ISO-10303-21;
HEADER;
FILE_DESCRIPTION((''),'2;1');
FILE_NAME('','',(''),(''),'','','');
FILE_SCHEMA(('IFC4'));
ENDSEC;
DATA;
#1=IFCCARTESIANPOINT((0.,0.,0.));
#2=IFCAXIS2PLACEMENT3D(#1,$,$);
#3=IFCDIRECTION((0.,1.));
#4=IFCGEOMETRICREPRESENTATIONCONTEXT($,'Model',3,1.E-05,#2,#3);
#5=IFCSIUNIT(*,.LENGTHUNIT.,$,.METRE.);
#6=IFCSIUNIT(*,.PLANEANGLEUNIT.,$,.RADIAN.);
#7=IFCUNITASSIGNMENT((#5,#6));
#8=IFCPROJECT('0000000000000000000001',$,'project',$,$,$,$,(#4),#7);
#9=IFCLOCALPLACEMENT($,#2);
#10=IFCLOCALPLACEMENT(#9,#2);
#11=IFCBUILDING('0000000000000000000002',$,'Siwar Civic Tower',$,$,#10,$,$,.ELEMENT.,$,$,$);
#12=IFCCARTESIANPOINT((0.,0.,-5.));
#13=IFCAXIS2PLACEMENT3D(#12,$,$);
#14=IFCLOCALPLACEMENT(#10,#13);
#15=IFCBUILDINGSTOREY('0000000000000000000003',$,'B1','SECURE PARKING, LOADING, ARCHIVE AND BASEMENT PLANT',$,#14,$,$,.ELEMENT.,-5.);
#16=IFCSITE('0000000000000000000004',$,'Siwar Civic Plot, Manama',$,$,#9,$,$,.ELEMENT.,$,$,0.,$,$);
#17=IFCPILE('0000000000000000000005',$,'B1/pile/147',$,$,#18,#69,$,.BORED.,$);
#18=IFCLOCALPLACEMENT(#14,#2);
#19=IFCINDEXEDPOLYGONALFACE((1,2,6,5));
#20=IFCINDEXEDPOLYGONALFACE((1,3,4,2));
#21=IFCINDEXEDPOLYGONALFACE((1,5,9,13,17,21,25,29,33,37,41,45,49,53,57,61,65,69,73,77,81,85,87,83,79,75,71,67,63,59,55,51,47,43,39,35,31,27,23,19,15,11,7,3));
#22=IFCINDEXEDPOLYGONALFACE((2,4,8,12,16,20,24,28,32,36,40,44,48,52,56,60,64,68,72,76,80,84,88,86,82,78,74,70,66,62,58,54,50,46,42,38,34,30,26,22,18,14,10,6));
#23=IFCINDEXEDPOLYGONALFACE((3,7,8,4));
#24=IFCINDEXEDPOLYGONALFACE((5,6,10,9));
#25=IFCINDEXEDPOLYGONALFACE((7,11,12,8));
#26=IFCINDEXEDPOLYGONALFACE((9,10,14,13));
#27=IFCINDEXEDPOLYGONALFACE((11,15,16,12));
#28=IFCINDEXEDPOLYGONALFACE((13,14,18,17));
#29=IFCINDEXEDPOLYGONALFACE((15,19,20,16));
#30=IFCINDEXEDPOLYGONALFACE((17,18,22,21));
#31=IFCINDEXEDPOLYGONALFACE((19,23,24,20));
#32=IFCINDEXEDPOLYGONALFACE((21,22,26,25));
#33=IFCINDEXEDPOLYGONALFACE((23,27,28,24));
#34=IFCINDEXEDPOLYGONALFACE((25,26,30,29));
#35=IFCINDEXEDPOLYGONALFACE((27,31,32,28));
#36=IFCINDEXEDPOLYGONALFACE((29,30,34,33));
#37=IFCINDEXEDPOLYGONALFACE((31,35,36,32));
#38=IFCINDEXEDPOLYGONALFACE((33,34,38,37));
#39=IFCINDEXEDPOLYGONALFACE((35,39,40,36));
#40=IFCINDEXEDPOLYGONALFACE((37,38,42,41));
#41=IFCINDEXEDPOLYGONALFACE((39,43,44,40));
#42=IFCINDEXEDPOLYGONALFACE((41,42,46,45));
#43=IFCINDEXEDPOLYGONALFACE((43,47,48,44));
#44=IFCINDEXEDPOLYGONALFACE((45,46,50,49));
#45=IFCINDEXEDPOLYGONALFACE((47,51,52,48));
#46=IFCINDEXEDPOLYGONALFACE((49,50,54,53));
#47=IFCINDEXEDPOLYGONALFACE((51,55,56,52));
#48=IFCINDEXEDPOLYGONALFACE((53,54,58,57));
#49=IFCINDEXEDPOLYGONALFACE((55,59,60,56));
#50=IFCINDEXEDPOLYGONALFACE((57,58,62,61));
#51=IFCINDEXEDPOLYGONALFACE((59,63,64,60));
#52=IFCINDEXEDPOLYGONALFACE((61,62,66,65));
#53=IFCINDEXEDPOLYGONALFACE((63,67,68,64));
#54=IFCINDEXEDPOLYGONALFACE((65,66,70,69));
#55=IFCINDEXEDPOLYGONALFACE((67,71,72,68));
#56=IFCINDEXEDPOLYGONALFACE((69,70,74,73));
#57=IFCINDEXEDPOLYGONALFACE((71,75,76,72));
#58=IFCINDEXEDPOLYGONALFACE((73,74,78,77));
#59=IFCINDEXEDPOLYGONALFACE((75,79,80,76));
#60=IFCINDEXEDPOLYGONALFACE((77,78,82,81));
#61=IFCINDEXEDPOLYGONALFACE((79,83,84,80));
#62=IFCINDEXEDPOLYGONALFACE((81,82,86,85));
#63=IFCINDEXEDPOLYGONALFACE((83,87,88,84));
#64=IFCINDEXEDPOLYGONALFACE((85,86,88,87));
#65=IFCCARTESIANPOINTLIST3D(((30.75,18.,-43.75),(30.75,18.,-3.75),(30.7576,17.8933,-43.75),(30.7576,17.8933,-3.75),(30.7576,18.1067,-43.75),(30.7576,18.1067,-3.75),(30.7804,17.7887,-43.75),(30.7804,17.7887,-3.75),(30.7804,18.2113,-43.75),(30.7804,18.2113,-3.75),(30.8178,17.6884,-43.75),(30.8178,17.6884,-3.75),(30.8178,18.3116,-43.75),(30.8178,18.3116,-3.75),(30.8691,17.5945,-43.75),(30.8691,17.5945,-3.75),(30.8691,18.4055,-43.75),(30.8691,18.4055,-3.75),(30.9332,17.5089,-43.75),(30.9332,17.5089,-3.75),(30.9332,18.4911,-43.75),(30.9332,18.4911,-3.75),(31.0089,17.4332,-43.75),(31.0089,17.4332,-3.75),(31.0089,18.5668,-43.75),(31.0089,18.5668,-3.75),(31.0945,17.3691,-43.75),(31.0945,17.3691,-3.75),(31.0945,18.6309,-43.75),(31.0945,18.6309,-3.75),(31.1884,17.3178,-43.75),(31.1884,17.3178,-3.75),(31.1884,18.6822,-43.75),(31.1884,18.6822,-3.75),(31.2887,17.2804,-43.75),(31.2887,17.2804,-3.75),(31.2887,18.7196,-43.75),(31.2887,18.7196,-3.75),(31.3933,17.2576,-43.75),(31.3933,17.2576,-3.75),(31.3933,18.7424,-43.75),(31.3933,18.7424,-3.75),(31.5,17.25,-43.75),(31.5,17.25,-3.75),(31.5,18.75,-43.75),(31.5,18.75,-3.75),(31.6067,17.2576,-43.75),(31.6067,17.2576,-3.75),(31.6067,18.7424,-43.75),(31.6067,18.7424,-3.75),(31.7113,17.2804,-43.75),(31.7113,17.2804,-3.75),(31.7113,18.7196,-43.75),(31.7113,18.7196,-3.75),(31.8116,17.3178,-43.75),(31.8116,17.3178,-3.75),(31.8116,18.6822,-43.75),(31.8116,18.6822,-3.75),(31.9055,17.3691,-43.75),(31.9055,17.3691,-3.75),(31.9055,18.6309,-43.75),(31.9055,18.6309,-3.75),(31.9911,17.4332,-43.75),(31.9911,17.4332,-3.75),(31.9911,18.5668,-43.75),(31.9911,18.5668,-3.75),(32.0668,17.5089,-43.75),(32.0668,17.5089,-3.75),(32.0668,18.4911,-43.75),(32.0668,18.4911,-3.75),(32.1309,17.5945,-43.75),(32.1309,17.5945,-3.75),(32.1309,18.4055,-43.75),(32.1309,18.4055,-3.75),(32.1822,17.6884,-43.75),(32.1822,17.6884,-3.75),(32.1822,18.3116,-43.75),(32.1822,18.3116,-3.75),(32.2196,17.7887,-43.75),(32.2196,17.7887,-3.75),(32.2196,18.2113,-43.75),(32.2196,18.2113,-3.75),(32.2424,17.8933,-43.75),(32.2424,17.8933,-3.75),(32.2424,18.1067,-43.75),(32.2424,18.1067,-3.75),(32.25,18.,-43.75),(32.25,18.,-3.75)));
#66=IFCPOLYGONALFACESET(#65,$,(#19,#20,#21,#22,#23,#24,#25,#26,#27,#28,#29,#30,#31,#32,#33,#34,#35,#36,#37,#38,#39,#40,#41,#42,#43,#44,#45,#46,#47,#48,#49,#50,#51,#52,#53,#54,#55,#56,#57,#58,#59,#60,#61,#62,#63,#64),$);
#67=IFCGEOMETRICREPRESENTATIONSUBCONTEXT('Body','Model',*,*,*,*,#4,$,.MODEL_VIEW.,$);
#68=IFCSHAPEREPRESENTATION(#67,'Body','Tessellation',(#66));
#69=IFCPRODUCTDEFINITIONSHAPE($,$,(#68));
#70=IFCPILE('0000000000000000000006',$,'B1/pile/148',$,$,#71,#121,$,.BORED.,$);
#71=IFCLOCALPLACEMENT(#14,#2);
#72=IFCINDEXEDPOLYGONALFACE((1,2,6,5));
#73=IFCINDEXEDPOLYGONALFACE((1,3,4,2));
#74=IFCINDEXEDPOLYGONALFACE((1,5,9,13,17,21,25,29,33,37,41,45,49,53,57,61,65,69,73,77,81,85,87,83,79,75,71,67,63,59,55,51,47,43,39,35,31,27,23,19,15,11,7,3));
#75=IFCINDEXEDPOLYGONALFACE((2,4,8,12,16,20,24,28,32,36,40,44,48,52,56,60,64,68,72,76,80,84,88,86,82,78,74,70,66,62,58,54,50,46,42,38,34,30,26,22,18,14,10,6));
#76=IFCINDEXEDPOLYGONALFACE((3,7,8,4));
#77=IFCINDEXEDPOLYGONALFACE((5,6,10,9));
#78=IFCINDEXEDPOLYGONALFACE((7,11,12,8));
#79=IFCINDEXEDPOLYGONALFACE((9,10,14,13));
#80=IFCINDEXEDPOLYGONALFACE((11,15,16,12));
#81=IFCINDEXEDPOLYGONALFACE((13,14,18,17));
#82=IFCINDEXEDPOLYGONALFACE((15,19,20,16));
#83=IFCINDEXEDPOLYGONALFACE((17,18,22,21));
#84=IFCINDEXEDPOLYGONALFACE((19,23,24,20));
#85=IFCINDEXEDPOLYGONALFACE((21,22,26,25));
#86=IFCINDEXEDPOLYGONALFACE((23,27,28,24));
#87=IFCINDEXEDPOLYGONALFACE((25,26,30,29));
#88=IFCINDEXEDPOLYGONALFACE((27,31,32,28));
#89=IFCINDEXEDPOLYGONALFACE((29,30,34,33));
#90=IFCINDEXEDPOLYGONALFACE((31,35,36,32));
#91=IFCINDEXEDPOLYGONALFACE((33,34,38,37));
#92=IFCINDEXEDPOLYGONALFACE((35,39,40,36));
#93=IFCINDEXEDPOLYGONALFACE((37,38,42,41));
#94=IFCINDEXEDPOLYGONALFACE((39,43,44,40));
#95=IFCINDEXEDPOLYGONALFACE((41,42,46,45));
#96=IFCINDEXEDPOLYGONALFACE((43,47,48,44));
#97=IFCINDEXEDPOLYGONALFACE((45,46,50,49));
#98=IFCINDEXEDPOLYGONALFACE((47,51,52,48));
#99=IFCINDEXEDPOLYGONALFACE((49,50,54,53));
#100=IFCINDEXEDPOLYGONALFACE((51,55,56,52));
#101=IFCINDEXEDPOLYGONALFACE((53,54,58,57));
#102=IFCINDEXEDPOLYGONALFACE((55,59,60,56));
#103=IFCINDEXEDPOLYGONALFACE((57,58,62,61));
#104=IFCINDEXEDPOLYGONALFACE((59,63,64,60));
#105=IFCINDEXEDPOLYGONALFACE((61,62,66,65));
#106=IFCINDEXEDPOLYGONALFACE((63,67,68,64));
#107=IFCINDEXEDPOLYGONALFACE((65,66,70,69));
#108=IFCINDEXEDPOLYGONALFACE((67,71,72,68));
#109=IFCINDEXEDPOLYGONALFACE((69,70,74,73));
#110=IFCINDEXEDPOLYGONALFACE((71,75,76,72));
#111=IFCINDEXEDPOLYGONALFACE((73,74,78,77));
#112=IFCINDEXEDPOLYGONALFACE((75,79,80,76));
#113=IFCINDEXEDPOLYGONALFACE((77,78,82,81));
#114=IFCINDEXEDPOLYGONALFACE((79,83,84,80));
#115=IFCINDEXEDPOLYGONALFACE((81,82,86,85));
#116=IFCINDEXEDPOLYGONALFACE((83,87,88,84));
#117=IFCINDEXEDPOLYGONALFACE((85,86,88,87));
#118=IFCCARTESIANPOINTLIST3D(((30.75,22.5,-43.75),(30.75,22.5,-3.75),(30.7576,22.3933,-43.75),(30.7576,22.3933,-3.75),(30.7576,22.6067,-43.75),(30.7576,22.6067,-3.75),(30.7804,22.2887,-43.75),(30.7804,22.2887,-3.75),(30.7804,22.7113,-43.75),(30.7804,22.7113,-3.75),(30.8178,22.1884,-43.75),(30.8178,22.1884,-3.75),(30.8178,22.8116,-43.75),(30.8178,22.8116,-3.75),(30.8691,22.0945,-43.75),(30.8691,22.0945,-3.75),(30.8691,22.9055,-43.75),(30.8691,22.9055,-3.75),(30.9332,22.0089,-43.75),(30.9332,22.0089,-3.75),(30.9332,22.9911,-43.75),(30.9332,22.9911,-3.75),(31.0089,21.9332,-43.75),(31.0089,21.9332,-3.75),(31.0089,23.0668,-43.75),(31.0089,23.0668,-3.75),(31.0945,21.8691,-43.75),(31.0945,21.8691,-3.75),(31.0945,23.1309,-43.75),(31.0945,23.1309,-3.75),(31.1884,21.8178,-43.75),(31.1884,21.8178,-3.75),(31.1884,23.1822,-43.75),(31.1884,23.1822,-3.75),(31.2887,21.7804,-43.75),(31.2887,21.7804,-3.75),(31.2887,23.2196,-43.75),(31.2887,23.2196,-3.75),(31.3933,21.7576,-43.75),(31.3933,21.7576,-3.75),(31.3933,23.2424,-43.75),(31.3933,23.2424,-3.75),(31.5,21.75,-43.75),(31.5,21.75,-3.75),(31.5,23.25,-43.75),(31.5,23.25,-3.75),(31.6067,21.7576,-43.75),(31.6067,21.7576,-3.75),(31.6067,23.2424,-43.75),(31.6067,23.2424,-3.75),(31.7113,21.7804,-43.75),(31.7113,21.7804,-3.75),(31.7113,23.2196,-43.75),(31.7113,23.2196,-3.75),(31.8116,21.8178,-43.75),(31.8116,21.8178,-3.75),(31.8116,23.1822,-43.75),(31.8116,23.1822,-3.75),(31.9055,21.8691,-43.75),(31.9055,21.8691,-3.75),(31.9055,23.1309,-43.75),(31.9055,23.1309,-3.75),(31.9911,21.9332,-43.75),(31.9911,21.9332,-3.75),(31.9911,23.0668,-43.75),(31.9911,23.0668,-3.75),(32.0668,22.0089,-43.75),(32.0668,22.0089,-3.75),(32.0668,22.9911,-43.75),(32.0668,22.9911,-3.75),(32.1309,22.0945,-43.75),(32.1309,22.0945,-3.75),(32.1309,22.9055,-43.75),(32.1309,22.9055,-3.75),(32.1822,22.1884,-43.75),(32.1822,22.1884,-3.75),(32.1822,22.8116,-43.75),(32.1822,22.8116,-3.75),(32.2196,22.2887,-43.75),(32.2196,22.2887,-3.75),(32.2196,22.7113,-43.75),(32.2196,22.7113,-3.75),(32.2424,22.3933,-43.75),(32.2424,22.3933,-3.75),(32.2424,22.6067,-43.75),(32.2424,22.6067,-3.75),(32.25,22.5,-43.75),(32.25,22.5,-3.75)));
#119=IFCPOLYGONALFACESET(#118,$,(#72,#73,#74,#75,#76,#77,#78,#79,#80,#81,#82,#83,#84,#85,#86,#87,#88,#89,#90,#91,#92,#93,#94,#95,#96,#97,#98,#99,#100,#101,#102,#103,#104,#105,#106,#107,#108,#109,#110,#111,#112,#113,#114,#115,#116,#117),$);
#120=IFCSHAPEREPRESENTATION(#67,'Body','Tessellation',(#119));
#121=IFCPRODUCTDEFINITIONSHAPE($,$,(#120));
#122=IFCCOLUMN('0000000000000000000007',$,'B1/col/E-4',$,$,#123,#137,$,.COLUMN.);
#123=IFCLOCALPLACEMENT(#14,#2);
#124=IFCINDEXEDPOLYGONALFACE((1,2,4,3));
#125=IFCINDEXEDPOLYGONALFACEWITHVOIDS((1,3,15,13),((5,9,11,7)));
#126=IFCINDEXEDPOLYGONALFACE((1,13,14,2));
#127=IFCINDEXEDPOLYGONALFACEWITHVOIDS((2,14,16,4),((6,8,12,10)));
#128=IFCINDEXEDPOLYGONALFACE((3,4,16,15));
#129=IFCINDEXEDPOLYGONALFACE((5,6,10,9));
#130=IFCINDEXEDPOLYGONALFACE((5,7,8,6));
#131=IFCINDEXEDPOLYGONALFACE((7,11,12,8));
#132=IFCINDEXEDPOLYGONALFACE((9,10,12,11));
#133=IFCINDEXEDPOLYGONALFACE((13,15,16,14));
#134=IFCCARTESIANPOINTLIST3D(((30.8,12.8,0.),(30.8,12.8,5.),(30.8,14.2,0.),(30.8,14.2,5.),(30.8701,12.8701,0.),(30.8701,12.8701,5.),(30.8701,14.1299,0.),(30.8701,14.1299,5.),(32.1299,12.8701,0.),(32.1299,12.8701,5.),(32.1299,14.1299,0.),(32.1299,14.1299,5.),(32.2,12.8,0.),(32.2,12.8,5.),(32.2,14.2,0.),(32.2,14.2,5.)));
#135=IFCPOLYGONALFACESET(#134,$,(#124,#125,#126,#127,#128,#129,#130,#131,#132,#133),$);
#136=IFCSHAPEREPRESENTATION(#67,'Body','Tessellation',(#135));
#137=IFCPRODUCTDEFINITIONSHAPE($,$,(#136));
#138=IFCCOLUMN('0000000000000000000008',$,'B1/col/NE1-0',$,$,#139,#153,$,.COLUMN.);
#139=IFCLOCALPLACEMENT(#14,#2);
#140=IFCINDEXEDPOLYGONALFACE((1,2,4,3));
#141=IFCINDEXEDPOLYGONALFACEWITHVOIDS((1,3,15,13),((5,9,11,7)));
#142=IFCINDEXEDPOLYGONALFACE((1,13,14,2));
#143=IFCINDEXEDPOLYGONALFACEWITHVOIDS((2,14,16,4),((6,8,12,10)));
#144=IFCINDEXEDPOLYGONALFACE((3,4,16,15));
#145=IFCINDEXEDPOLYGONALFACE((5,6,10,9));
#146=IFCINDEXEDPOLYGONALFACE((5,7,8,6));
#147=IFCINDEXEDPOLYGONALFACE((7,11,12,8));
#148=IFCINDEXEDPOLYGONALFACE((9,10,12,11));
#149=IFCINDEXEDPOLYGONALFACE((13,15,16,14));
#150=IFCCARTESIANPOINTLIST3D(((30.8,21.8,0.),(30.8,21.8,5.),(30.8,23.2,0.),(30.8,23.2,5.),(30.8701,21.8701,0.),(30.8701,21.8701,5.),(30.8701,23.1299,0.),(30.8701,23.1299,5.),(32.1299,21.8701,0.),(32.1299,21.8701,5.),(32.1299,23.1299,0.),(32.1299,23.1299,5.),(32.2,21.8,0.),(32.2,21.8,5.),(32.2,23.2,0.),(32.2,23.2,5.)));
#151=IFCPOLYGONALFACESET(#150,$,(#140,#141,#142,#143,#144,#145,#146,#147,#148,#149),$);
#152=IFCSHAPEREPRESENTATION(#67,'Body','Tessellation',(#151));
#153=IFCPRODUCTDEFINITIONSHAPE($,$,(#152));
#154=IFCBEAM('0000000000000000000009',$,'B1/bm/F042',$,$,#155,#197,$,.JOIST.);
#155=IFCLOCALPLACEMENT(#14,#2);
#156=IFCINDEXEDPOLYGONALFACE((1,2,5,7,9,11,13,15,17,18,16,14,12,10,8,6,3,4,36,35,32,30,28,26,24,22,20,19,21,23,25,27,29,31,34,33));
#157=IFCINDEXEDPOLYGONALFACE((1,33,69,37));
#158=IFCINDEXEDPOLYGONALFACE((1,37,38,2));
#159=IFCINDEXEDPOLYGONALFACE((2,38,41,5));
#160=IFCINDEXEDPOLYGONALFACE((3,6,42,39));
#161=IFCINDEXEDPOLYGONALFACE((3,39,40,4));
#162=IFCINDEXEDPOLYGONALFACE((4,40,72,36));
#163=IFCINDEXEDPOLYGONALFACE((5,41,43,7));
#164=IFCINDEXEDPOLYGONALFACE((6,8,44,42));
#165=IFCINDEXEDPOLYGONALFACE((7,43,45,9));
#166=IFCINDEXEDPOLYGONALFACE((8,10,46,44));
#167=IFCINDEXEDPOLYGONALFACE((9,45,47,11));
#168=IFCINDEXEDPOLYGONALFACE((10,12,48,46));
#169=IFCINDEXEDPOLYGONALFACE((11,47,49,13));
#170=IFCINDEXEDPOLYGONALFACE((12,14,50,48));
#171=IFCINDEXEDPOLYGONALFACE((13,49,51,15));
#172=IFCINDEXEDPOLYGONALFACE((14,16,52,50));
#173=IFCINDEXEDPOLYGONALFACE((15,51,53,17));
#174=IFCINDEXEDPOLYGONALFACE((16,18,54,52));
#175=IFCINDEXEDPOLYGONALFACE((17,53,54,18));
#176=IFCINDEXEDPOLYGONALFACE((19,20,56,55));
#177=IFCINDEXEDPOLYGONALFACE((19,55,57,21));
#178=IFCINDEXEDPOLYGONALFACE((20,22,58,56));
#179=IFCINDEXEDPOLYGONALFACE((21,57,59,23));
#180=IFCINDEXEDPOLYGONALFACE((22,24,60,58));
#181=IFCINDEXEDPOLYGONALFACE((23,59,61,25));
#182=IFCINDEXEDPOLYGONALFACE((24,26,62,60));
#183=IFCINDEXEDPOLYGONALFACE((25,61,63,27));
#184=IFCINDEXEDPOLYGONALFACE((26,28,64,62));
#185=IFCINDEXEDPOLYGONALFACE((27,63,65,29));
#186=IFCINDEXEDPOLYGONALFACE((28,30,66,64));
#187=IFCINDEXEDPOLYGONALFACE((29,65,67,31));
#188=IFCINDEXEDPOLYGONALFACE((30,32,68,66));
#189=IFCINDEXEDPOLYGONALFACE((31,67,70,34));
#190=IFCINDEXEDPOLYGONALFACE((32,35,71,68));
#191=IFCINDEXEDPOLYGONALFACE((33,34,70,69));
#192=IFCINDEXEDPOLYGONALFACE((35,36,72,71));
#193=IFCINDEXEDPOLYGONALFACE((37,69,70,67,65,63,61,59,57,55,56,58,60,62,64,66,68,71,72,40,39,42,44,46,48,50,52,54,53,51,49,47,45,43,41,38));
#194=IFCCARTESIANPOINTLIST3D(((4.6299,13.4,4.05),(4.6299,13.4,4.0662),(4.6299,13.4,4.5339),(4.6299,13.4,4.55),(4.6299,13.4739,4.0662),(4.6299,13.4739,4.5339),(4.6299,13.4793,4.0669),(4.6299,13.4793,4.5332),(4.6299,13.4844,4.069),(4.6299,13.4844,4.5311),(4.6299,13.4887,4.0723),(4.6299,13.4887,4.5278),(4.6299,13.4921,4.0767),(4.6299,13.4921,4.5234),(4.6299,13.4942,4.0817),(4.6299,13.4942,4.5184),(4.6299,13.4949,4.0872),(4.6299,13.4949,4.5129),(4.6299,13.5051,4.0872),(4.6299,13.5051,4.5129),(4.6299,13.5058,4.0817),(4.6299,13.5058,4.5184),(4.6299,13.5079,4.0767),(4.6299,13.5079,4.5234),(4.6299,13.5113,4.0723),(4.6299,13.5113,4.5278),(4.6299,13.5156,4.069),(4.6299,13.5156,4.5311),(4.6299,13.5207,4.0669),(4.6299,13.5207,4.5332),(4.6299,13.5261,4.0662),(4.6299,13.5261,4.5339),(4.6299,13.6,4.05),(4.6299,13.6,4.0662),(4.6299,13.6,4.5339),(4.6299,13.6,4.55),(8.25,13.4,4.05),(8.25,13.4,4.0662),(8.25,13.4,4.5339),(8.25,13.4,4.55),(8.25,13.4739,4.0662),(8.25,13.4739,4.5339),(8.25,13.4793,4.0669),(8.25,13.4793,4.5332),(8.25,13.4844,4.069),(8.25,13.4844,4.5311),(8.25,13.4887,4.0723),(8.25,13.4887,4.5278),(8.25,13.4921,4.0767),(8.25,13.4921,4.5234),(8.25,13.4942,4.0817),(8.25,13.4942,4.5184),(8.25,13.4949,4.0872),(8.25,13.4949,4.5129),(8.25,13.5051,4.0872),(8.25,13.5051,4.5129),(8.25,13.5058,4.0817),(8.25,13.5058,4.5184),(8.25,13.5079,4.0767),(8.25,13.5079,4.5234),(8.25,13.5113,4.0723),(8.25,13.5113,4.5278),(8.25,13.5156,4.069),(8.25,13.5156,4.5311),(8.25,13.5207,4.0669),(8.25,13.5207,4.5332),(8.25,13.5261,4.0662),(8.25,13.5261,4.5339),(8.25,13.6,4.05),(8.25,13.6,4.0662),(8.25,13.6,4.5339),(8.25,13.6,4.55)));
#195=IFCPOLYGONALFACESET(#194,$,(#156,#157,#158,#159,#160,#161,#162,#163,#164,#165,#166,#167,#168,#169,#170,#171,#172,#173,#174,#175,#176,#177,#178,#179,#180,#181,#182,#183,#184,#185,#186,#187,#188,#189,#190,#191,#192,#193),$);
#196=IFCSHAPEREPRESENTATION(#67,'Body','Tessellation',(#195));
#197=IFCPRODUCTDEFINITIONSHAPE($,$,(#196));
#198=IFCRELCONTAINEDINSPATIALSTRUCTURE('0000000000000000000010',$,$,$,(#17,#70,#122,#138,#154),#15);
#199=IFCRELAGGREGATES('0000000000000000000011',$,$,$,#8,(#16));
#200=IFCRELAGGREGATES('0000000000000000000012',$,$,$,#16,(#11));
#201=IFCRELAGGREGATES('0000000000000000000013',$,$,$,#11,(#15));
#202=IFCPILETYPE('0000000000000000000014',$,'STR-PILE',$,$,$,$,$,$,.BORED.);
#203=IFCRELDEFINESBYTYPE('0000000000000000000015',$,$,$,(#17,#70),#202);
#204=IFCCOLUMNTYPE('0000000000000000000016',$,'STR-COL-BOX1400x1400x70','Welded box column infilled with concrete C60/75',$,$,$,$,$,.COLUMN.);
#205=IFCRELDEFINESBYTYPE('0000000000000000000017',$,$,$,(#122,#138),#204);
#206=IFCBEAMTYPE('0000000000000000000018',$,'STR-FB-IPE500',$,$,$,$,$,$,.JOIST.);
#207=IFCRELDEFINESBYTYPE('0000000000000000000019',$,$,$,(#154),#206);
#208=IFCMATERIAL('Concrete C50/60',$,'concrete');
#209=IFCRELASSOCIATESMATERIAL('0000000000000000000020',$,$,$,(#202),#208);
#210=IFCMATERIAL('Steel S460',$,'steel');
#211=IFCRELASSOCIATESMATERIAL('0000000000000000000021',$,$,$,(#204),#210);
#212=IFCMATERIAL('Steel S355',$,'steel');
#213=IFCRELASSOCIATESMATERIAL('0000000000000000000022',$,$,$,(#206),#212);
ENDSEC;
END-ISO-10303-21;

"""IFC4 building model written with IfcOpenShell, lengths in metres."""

from ifc_helpers import new_model, si_unit, direction, frame, origin, origin_2d, place, context, subcontext, project, spatial, hollow_rectangle, circle, i_section, extrude, material, material_profile, profile_set, type_object, element, save


model = new_model("IFC4")

# Units and contexts
model_context = context("Model", 3, precision=1e-05, world=origin(), true_north=direction((0.0, 1.0)))
body_context = subcontext(model_context, "Body", "Model", "MODEL_VIEW")
ifc_project = project(units=[si_unit("LENGTHUNIT", "METRE"), si_unit("PLANEANGLEUNIT", "RADIAN")], contexts=[model_context])

# Site, building, storey
site_placement = place(None, origin())
site = spatial("IfcSite", under=ifc_project, at=site_placement, Name="Siwar Civic Plot, Manama", CompositionType="ELEMENT", RefElevation=0.0)
building_placement = place(site_placement, origin())
building = spatial("IfcBuilding", under=site, at=building_placement, Name="Siwar Civic Tower", CompositionType="ELEMENT")
storey_placement = place(building_placement, frame((0.0, 0.0, -5.0)))
storey = spatial("IfcBuildingStorey", under=building, at=storey_placement, Name="B1", Description="SECURE PARKING, LOADING, ARCHIVE AND BASEMENT PLANT", CompositionType="ELEMENT", Elevation=-5.0)

# Piles
ifc_material_1 = material(Name="Concrete C50/60", Category="concrete")
ifc_material_profile_1 = material_profile(ifc_material_1, circle(Radius=0.75, at=origin_2d()), Name="PILE1500")
ifc_profile_set_1 = profile_set([ifc_material_profile_1], Name="Concrete C50/60")
pile_type = type_object("IfcPileType", Name="STR-PILE", PredefinedType="BORED", material=ifc_profile_set_1)
for number, where, z_axis, x_axis, name in (
    (1, (31.5, 18.0, -3.75), (0.0, 0.0, -1.0), (1.0, 0.0, 0.0), "B1/pile/147"),
    (2, (31.5, 22.5, -3.75), (0.0, 0.0, -1.0), (1.0, 0.0, 0.0), "B1/pile/148"),
):
    element("IfcPile", number, at=place(storey_placement, frame(where, z_axis=z_axis, x_axis=x_axis)), inside=storey, type_object=pile_type, Name=name, PredefinedType="BORED", context=body_context, shape_type="SweptSolid", body=[
        extrude(circle(Radius=0.75, at=origin_2d()), origin(), (0.0, 0.0, 1.0), 40.0),
    ])

# Columns
ifc_material_2 = material(Name="Steel S460", Category="steel")
ifc_material_profile_2 = material_profile(ifc_material_2, hollow_rectangle(XDim=1.3999, YDim=1.3999, WallThickness=0.0701, at=origin_2d()), Name="BOX1400x1400x70")
ifc_profile_set_2 = profile_set([ifc_material_profile_2], Name="Steel S460")
column_type = type_object("IfcColumnType", Name="STR-COL-BOX1400x1400x70", Description="Welded box column infilled with concrete C60/75", PredefinedType="COLUMN", material=ifc_profile_set_2)
for number, where, z_axis, x_axis, name in (
    (3, (31.5, 13.5, 0.0), (0.0, 0.0, 1.0), (1.0, 0.0, 0.0), "B1/col/E-4"),
    (4, (31.5, 22.5, 0.0), (0.0, 0.0, 1.0), (1.0, 0.0, 0.0), "B1/col/NE1-0"),
):
    element("IfcColumn", number, at=place(storey_placement, frame(where, z_axis=z_axis, x_axis=x_axis)), inside=storey, type_object=column_type, Name=name, PredefinedType="COLUMN", context=body_context, shape_type="SweptSolid", body=[
        extrude(hollow_rectangle(XDim=1.3999, YDim=1.3999, WallThickness=0.0701, at=origin_2d()), origin(), (0.0, 0.0, 1.0), 5.0),
    ])

# Beam
ifc_material_3 = material(Name="Steel S355", Category="steel")
ifc_material_profile_3 = material_profile(ifc_material_3, i_section(OverallWidth=0.2, OverallDepth=0.5, WebThickness=0.0103, FlangeThickness=0.0161, FilletRadius=0.021, at=origin_2d()), Name="IPE500")
ifc_profile_set_3 = profile_set([ifc_material_profile_3], Name="Steel S355")
beam_type_1 = type_object("IfcBeamType", Name="STR-FB-IPE500", PredefinedType="JOIST", material=ifc_profile_set_3)
beam_1_placement = place(storey_placement, frame((4.6299, 13.5, 4.3), z_axis=(1.0, 0.0, 0.0), x_axis=(0.0, 1.0, 0.0)))
element("IfcBeam", 5, at=beam_1_placement, inside=storey, type_object=beam_type_1, Name="B1/bm/F042", PredefinedType="JOIST", context=body_context, shape_type="SweptSolid", body=[
    extrude(i_section(OverallWidth=0.2, OverallDepth=0.5, WebThickness=0.0103, FlangeThickness=0.0161, FilletRadius=0.021, at=origin_2d()), origin(), (0.0, 0.0, 1.0), 3.6201),
])

save(model, "model.ifc")
